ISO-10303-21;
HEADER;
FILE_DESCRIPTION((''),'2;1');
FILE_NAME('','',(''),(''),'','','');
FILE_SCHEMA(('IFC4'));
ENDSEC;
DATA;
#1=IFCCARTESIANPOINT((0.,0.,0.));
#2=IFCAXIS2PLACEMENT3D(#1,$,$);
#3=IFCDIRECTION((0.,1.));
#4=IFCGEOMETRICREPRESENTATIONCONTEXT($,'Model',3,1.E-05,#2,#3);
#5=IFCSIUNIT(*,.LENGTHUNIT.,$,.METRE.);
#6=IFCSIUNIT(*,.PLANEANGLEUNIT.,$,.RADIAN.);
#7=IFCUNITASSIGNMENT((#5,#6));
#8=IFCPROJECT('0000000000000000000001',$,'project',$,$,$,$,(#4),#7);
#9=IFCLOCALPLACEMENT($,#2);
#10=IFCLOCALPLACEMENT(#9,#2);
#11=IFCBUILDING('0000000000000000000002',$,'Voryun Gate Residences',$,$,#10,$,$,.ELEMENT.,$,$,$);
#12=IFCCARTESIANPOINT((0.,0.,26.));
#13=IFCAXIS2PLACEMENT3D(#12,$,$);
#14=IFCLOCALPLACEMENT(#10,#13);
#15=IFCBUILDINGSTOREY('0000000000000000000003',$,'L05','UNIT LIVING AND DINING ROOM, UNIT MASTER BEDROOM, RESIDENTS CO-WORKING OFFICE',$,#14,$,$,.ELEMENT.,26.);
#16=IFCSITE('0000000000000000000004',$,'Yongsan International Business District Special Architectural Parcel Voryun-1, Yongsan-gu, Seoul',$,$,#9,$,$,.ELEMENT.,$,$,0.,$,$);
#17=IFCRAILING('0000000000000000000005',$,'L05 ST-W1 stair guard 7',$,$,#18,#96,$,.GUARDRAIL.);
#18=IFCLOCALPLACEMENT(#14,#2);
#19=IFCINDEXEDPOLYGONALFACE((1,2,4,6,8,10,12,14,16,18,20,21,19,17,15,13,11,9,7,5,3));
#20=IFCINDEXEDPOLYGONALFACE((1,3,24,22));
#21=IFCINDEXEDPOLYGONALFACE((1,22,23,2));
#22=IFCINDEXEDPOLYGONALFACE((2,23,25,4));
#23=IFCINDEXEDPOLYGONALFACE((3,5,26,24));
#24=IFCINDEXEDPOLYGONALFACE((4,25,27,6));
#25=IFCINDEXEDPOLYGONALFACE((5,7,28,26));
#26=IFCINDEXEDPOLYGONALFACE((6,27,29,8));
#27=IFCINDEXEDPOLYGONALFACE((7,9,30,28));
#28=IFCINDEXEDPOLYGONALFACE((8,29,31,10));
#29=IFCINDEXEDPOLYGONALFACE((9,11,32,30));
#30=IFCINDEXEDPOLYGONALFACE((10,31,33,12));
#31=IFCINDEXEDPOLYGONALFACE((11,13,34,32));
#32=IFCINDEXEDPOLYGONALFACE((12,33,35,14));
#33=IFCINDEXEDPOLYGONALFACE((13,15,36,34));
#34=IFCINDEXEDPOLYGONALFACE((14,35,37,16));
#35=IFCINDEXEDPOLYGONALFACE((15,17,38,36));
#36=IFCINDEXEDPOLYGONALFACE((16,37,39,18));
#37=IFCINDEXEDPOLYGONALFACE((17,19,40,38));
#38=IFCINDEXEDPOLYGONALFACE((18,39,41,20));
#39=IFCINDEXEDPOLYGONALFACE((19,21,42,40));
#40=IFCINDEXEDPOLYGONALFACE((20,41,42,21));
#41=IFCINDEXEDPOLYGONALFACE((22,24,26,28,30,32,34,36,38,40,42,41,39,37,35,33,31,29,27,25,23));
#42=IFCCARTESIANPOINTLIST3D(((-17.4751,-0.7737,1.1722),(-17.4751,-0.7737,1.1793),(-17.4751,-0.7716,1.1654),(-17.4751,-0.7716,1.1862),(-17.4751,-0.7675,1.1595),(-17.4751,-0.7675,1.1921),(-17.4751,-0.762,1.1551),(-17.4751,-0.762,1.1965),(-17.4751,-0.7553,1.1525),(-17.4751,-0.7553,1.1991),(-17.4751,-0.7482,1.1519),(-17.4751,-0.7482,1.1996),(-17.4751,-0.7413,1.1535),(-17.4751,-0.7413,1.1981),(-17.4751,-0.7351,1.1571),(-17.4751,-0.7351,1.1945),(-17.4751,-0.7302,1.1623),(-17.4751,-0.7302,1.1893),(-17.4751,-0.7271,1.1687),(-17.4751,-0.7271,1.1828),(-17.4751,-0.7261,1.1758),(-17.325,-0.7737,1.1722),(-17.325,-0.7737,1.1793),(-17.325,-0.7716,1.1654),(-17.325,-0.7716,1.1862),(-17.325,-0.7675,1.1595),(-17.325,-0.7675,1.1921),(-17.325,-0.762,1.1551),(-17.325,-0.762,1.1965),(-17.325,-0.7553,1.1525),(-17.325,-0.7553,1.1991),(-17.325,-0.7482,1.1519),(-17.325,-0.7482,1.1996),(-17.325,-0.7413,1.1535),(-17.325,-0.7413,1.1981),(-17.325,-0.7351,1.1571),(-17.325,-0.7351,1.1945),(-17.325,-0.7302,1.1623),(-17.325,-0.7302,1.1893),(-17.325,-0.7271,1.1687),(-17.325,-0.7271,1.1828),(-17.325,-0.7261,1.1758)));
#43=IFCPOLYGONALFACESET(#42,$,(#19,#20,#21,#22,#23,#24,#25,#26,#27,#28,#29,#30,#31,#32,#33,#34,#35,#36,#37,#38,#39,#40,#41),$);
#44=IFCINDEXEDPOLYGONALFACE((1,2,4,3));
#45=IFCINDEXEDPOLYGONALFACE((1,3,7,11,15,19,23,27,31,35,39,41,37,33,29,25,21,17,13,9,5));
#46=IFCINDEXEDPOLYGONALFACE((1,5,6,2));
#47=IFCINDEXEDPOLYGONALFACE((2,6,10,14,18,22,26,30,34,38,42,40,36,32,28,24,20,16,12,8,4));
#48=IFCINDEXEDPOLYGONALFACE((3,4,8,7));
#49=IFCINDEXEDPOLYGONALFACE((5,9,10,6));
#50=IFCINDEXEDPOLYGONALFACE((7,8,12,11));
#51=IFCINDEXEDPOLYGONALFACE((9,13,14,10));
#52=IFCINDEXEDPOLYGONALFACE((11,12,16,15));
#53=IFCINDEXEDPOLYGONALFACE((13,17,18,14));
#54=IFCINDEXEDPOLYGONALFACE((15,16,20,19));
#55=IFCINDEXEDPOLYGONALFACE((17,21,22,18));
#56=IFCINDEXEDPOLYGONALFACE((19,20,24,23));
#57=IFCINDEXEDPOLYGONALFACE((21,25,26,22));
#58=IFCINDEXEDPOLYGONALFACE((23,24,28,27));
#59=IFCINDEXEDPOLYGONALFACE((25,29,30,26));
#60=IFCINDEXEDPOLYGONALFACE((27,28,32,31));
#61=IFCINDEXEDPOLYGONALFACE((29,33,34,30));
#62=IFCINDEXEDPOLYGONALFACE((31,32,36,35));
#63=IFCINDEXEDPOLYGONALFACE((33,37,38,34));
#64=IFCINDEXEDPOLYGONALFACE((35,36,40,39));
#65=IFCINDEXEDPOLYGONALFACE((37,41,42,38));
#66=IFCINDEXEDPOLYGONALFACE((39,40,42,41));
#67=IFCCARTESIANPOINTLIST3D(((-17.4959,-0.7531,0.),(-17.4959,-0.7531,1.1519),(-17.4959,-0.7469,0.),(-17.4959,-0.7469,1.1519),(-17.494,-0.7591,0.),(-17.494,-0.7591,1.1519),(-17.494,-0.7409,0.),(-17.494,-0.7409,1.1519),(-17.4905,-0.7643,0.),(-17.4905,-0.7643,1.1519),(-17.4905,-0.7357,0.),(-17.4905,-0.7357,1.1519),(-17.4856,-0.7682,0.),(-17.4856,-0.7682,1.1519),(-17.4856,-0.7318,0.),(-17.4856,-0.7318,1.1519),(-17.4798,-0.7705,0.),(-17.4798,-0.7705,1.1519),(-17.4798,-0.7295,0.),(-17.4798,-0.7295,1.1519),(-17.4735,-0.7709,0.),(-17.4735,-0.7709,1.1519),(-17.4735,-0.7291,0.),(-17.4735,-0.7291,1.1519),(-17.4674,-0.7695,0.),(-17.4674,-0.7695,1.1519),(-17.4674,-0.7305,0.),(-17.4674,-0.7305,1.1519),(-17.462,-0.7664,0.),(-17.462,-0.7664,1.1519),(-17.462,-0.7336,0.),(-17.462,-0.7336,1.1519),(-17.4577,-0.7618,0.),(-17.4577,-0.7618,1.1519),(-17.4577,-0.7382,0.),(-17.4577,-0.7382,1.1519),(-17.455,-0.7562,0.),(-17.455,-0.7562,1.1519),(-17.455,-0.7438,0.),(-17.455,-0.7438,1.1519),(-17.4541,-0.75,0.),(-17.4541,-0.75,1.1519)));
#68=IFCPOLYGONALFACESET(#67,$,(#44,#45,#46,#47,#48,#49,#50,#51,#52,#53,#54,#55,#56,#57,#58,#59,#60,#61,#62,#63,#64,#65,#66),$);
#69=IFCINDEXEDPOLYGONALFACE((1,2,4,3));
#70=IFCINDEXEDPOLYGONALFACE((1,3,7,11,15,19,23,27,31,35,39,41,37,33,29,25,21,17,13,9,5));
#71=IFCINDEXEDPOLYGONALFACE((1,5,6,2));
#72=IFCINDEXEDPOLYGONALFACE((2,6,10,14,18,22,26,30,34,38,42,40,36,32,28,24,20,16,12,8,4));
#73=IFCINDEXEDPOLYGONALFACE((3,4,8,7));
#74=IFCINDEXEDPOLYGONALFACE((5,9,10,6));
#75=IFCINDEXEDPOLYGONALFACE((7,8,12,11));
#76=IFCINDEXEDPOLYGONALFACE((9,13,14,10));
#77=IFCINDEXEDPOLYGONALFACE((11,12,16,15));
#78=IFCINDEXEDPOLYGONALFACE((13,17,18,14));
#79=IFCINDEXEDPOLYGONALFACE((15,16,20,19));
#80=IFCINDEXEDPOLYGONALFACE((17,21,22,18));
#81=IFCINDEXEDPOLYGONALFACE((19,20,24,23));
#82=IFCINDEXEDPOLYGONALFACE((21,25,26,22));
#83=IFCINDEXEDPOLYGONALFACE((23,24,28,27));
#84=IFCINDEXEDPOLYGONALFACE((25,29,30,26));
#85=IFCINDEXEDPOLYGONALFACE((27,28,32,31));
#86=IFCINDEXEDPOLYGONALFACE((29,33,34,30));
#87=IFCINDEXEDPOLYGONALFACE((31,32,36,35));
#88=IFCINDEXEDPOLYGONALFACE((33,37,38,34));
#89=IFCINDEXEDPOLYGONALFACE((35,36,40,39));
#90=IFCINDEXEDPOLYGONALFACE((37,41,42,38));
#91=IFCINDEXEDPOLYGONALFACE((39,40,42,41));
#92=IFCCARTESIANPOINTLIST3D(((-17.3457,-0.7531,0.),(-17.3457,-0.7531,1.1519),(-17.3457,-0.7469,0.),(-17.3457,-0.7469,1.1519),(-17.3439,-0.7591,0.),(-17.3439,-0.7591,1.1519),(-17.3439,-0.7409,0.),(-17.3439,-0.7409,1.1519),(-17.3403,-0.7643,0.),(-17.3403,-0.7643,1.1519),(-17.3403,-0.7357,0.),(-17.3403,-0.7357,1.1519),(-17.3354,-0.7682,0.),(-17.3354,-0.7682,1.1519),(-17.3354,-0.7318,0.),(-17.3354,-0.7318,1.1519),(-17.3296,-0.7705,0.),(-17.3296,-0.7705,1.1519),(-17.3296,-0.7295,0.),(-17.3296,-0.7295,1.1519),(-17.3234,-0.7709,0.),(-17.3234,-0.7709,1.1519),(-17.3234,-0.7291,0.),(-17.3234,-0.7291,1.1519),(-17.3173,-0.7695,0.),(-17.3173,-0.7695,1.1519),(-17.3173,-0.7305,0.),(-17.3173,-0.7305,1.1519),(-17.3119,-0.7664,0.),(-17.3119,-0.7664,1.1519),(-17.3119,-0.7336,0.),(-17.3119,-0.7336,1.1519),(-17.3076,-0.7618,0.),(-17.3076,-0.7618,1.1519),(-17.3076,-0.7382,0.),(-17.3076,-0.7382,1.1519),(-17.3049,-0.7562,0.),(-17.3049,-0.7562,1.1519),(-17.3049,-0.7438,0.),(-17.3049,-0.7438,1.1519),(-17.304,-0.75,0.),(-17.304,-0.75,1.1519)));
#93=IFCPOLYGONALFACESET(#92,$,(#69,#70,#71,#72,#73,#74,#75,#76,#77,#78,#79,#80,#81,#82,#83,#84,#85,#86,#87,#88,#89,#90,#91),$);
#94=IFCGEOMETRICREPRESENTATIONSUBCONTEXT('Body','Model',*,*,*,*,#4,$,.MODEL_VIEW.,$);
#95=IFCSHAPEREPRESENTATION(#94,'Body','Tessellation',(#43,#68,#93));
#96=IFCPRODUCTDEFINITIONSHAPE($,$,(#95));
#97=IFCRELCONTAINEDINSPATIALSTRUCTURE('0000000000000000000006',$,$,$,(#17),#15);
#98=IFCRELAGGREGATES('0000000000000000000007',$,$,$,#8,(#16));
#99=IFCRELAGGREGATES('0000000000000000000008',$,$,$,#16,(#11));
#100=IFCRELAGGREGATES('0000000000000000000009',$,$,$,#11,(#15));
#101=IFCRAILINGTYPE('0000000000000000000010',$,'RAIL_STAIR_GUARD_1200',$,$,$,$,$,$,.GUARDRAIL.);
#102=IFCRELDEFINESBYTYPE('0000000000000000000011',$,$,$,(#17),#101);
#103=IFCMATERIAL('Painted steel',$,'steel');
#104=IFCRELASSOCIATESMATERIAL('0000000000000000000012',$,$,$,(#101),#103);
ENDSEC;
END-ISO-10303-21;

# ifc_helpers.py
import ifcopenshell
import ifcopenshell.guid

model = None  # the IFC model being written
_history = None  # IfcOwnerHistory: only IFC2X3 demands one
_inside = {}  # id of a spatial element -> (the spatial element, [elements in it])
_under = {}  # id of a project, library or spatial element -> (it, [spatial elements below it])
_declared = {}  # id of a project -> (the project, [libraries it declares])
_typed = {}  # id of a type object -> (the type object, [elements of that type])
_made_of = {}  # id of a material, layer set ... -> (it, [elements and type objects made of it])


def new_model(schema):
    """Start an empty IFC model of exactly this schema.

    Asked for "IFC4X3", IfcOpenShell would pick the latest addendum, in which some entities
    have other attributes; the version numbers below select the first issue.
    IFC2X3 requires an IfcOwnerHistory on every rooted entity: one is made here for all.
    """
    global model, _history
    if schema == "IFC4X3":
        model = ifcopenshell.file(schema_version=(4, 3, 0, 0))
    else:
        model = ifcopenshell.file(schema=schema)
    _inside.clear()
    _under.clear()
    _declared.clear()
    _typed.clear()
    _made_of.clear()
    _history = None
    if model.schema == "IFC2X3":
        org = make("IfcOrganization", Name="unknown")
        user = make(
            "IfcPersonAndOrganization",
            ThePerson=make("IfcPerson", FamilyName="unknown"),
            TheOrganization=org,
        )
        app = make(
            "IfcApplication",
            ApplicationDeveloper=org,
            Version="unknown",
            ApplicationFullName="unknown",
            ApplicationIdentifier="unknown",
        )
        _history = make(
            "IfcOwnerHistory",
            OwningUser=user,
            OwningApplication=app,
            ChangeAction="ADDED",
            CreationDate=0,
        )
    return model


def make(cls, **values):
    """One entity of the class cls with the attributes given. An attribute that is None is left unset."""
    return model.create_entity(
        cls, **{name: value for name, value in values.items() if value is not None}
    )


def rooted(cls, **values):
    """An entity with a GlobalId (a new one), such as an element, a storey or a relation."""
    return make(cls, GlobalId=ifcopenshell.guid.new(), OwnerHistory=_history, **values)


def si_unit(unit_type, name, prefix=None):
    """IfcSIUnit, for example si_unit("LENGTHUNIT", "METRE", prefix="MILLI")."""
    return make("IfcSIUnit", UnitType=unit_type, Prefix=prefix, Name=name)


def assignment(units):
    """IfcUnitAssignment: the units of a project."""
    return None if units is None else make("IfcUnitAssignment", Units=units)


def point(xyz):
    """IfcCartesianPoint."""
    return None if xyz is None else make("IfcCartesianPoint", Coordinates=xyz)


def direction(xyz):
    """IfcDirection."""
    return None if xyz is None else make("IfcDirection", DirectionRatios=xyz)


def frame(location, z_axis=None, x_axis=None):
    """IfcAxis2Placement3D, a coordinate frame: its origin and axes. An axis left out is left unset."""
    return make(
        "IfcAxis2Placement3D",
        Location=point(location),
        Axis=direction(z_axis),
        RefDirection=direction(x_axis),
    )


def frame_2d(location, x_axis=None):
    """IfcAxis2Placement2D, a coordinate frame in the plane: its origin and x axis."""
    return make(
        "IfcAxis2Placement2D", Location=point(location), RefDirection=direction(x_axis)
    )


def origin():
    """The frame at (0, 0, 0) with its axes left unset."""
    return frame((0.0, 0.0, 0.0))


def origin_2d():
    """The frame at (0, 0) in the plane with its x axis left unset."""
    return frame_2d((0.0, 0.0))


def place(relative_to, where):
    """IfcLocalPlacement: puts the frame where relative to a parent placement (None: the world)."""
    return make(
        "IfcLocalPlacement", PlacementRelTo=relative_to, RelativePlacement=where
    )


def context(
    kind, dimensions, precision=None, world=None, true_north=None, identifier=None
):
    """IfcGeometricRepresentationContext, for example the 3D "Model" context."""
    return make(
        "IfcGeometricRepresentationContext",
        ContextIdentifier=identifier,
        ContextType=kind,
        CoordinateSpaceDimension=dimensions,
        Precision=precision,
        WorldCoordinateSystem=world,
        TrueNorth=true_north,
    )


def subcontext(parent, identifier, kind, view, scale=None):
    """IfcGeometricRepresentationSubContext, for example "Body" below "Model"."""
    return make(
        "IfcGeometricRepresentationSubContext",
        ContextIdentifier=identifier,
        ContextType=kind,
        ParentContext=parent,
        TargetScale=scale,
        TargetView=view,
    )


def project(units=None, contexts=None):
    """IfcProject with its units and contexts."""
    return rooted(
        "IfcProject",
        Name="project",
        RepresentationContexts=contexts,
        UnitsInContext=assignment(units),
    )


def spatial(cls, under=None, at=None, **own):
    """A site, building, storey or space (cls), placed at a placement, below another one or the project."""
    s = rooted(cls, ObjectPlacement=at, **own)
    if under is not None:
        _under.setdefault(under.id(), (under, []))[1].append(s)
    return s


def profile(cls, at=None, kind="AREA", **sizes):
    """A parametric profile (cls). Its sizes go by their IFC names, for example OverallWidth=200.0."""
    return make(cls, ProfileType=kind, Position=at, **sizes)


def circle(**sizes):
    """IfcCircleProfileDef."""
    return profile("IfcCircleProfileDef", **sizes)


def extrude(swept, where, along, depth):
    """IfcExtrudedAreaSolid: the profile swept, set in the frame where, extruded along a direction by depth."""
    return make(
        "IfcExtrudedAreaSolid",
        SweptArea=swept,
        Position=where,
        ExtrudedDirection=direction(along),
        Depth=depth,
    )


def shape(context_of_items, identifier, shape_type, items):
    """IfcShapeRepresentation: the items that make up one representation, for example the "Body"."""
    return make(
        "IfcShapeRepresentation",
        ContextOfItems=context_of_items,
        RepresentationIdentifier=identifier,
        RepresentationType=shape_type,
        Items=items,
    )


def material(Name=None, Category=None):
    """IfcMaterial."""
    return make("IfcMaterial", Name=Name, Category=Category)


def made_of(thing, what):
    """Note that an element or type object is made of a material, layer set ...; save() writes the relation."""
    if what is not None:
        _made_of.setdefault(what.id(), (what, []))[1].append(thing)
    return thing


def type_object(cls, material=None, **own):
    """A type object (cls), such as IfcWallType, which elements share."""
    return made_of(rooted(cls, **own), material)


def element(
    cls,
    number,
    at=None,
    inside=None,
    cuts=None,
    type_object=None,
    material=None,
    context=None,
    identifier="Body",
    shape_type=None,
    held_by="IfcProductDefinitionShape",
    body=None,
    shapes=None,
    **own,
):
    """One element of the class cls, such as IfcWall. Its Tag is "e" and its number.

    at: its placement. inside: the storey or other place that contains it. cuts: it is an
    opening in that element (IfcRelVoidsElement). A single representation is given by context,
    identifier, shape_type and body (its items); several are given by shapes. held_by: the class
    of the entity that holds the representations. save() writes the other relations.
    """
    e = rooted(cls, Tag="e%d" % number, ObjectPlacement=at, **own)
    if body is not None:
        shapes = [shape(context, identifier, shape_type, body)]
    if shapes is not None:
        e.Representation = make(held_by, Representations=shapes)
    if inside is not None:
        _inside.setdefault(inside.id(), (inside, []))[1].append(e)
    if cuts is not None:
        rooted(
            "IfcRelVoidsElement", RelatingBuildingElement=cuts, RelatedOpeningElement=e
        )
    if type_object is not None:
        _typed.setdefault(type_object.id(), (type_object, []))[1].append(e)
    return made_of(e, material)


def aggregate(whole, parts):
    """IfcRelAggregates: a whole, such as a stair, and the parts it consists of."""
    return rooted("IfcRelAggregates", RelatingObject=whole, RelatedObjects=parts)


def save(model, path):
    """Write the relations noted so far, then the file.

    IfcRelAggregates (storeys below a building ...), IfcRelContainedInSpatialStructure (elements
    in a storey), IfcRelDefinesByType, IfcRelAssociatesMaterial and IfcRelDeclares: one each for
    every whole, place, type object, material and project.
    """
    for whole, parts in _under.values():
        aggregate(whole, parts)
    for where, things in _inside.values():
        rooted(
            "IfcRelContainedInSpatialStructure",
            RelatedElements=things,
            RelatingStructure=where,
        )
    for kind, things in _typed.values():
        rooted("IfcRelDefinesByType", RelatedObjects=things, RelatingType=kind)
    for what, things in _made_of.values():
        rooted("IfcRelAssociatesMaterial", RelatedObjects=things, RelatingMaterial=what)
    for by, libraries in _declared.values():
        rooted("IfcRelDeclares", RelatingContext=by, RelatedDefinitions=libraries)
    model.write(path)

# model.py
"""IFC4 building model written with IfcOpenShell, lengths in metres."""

from ifc_helpers import new_model, si_unit, direction, frame, origin, origin_2d, place, context, subcontext, project, spatial, circle, extrude, material, type_object, element, save


model = new_model("IFC4")

# Units and contexts
model_context = context("Model", 3, precision=1e-05, world=origin(), true_north=direction((0.0, 1.0)))
body_context = subcontext(model_context, "Body", "Model", "MODEL_VIEW")
ifc_project = project(units=[si_unit("LENGTHUNIT", "METRE"), si_unit("PLANEANGLEUNIT", "RADIAN")], contexts=[model_context])

# Site, building, storey
site_placement = place(None, origin())
site = spatial("IfcSite", under=ifc_project, at=site_placement, Name="Yongsan International Business District Special Architectural Parcel Voryun-1, Yongsan-gu, Seoul", CompositionType="ELEMENT", RefElevation=0.0)
building_placement = place(site_placement, origin())
building = spatial("IfcBuilding", under=site, at=building_placement, Name="Voryun Gate Residences", CompositionType="ELEMENT")
storey_placement = place(building_placement, frame((0.0, 0.0, 26.0)))
storey = spatial("IfcBuildingStorey", under=building, at=storey_placement, Name="L05", Description="UNIT LIVING AND DINING ROOM, UNIT MASTER BEDROOM, RESIDENTS CO-WORKING OFFICE", CompositionType="ELEMENT", Elevation=26.0)

# Railing
ifc_material_1 = material(Name="Painted steel", Category="steel")
railing_type_1 = type_object("IfcRailingType", Name="RAIL_STAIR_GUARD_1200", PredefinedType="GUARDRAIL", material=ifc_material_1)
railing_1_placement = place(storey_placement, frame((-17.4751, -0.75, 0.0)))
element("IfcRailing", 1, at=railing_1_placement, inside=storey, type_object=railing_type_1, Name="L05 ST-W1 stair guard 7", PredefinedType="GUARDRAIL", context=body_context, shape_type="SweptSolid", body=[
    extrude(circle(Radius=0.0239, at=origin_2d()), frame((0.0, 0.0, 1.1758), z_axis=(1.0, 0.0, 0.0), x_axis=(0.0, 1.0, 0.0)), (0.0, 0.0, 1.0), 0.1501),
    extrude(circle(Radius=0.021, at=origin_2d()), origin(), (0.0, 0.0, 1.0), 1.1519),
    extrude(circle(Radius=0.021, at=origin_2d()), frame((0.1501, 0.0, 0.0)), (0.0, 0.0, 1.0), 1.1519),
])

save(model, "model.ifc")
